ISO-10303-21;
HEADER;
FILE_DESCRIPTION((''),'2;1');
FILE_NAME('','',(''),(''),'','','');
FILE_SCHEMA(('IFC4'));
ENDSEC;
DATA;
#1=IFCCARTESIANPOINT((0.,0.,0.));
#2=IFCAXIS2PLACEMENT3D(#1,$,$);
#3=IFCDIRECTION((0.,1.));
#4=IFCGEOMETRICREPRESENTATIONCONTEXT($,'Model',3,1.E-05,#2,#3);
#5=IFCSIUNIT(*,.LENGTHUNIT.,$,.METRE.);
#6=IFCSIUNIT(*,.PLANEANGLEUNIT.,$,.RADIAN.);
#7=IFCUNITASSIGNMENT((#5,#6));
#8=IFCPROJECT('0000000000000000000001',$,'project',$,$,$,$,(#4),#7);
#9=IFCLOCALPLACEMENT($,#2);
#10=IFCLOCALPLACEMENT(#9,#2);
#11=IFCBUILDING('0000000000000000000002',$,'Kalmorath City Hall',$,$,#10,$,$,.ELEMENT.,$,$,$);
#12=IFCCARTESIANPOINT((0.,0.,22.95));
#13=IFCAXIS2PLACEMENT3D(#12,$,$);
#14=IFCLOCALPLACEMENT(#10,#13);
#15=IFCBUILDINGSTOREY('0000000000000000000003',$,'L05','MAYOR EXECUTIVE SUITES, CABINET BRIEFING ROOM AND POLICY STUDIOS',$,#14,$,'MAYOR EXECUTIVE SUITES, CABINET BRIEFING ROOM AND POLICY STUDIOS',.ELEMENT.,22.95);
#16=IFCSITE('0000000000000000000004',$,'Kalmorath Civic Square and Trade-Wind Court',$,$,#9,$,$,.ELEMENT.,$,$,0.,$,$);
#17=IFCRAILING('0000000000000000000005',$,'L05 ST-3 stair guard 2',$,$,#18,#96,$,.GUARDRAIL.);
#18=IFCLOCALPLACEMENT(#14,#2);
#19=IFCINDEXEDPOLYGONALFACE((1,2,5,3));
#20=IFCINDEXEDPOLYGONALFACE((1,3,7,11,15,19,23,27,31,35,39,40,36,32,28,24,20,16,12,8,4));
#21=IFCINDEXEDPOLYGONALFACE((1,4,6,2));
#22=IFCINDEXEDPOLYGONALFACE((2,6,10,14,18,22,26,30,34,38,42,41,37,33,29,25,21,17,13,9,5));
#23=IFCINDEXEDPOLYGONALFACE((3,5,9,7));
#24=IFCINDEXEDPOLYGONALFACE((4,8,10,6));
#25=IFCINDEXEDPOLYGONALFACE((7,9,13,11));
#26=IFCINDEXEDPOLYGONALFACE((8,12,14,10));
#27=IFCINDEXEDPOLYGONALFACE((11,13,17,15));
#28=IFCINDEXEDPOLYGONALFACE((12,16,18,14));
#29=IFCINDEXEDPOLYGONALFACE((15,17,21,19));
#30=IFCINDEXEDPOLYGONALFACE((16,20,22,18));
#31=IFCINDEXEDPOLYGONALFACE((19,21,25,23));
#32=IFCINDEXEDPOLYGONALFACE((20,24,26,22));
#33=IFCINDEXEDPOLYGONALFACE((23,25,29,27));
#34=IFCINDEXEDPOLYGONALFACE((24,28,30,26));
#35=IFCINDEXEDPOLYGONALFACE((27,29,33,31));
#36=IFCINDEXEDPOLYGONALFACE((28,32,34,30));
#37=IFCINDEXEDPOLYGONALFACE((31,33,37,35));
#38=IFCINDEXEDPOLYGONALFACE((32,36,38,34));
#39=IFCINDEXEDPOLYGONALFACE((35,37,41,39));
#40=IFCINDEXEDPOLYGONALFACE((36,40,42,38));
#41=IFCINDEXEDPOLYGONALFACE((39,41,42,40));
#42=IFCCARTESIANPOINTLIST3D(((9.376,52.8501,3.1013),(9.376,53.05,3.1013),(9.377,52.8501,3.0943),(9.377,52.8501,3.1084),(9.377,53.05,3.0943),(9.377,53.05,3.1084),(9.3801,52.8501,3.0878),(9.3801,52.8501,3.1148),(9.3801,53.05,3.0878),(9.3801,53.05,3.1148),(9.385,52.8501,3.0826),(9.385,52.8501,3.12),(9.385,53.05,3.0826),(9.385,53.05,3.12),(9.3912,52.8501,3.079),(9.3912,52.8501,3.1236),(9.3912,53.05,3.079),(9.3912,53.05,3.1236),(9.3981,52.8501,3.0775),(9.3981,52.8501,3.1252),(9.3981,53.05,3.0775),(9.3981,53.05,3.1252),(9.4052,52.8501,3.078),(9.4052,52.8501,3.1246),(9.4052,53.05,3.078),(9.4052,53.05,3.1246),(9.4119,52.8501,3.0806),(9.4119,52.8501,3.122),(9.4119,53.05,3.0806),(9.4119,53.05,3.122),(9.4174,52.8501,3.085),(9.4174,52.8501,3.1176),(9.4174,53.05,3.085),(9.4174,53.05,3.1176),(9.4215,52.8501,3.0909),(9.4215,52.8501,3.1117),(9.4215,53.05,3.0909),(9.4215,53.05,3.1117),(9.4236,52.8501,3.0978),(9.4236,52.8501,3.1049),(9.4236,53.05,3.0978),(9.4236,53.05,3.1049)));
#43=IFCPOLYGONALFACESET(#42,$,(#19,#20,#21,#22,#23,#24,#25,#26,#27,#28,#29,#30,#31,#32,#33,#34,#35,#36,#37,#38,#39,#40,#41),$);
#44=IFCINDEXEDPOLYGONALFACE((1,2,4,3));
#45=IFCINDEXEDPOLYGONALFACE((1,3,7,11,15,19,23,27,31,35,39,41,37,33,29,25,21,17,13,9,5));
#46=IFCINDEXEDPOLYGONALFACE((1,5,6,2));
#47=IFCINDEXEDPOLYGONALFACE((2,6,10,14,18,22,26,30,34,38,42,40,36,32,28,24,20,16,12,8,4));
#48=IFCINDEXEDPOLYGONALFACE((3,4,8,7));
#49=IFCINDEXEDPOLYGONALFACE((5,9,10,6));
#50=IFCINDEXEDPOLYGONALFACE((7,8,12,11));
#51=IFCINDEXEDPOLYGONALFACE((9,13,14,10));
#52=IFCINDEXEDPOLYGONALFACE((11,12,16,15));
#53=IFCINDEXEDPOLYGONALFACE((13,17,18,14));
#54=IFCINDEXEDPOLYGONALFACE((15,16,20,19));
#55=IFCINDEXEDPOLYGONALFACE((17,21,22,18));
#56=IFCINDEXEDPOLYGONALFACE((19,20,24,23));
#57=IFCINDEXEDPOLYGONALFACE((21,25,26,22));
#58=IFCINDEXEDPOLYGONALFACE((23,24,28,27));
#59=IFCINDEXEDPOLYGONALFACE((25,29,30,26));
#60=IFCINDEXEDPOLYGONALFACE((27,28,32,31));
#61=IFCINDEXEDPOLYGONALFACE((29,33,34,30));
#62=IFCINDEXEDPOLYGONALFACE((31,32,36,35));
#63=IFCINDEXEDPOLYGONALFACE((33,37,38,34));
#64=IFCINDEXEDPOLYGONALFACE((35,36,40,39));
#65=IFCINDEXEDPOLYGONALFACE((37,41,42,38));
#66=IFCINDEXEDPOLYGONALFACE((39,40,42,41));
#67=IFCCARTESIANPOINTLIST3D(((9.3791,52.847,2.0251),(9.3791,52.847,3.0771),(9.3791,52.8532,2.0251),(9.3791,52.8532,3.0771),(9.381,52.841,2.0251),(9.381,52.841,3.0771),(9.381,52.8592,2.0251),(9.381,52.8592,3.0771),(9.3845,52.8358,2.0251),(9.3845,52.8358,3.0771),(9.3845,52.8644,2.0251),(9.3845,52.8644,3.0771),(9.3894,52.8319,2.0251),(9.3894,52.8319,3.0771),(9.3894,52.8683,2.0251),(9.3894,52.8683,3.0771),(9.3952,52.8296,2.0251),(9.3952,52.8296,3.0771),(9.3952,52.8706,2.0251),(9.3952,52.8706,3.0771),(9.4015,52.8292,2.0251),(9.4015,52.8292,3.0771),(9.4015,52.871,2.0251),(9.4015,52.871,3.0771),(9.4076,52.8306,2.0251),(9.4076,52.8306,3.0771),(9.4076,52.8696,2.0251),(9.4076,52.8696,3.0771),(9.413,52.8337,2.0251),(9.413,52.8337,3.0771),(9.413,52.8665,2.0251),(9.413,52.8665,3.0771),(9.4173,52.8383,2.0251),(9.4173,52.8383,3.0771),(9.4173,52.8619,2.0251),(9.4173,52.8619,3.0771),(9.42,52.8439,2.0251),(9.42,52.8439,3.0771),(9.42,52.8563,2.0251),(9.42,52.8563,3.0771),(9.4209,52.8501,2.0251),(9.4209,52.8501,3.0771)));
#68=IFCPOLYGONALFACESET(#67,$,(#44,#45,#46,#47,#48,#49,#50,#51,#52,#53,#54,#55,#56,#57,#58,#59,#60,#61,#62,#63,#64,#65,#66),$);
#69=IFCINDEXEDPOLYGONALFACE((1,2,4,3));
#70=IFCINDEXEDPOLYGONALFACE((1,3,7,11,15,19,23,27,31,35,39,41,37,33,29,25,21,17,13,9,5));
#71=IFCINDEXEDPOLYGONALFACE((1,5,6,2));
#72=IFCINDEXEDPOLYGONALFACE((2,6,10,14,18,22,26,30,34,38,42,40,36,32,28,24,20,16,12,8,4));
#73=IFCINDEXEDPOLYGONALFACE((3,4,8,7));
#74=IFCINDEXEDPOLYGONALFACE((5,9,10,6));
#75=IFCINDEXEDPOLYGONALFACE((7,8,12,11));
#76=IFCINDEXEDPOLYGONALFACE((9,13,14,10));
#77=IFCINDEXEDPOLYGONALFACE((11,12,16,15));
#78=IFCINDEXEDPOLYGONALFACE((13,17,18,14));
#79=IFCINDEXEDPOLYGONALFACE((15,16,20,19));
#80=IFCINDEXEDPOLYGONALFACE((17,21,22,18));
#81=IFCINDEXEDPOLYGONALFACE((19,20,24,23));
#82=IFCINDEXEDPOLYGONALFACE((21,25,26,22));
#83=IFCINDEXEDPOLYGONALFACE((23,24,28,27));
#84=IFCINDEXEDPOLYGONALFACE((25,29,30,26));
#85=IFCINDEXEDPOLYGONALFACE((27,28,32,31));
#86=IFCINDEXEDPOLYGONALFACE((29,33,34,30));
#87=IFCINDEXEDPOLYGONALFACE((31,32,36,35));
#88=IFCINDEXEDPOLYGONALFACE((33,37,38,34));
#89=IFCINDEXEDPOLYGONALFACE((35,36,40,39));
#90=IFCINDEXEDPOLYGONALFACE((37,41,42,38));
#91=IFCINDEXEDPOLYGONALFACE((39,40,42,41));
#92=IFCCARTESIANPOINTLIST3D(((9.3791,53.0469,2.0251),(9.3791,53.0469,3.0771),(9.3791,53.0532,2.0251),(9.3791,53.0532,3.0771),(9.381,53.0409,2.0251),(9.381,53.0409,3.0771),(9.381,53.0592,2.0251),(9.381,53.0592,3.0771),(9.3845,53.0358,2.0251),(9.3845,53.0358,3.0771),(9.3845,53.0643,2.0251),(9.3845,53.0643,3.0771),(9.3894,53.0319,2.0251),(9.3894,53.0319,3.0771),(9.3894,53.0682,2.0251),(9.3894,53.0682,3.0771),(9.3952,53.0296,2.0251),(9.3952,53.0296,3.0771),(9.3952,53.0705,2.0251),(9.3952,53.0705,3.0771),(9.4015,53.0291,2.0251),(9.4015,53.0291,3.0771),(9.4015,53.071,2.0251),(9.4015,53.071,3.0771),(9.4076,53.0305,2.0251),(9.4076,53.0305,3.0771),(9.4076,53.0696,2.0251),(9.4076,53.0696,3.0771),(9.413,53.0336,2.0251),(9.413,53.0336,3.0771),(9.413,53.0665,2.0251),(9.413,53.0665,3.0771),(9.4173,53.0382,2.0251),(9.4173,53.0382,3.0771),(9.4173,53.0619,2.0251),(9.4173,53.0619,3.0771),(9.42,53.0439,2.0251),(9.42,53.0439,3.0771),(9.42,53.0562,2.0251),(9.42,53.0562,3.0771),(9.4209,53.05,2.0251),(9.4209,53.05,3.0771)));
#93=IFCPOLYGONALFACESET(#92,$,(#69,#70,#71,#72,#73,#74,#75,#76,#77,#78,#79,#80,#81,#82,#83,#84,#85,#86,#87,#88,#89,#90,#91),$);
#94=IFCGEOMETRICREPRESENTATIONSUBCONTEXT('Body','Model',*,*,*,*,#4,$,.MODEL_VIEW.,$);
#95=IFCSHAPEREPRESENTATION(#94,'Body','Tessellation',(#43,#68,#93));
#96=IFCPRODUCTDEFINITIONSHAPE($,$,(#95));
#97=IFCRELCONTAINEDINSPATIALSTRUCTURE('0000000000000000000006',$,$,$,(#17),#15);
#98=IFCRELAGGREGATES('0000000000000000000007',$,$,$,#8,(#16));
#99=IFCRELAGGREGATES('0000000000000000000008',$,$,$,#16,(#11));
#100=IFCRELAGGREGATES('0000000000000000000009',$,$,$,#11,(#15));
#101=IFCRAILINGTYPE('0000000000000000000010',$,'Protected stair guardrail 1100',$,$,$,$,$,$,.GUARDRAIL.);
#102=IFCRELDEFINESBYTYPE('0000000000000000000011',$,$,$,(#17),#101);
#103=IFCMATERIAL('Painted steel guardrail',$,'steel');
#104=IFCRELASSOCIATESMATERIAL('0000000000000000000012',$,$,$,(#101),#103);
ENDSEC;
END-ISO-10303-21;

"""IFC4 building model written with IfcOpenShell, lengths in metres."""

from ifc_helpers import new_model, si_unit, direction, frame, origin, origin_2d, place, context, subcontext, project, spatial, circle, extrude, material, type_object, element, save


model = new_model("IFC4")

# Units and contexts
model_context = context("Model", 3, precision=1e-05, world=origin(), true_north=direction((0.0, 1.0)))
body_context = subcontext(model_context, "Body", "Model", "MODEL_VIEW")
ifc_project = project(units=[si_unit("LENGTHUNIT", "METRE"), si_unit("PLANEANGLEUNIT", "RADIAN")], contexts=[model_context])

# Site, building, storey
site_placement = place(None, origin())
site = spatial("IfcSite", under=ifc_project, at=site_placement, Name="Kalmorath Civic Square and Trade-Wind Court", CompositionType="ELEMENT", RefElevation=0.0)
building_placement = place(site_placement, origin())
building = spatial("IfcBuilding", under=site, at=building_placement, Name="Kalmorath City Hall", CompositionType="ELEMENT")
storey_placement = place(building_placement, frame((0.0, 0.0, 22.95)))
storey = spatial("IfcBuildingStorey", under=building, at=storey_placement, Name="L05", Description="MAYOR EXECUTIVE SUITES, CABINET BRIEFING ROOM AND POLICY STUDIOS", LongName="MAYOR EXECUTIVE SUITES, CABINET BRIEFING ROOM AND POLICY STUDIOS", CompositionType="ELEMENT", Elevation=22.95)

# Railing
ifc_material_1 = material(Name="Painted steel guardrail", Category="steel")
railing_type_1 = type_object("IfcRailingType", Name="Protected stair guardrail 1100", PredefinedType="GUARDRAIL", material=ifc_material_1)
railing_1_placement = place(storey_placement, frame((9.3999, 52.8501, 2.0251)))
element("IfcRailing", 1, at=railing_1_placement, inside=storey, type_object=railing_type_1, Name="L05 ST-3 stair guard 2", PredefinedType="GUARDRAIL", context=body_context, shape_type="SweptSolid", body=[
    extrude(circle(Radius=0.0239, at=origin_2d()), frame((0.0, 0.0, 1.0762), z_axis=(0.0, 1.0, 0.0), x_axis=(-1.0, 0.0, 0.0)), (0.0, 0.0, 1.0), 0.2),
    extrude(circle(Radius=0.021, at=origin_2d()), origin(), (0.0, 0.0, 1.0), 1.052),
    extrude(circle(Radius=0.021, at=origin_2d()), frame((0.0, 0.2, 0.0)), (0.0, 0.0, 1.0), 1.052),
])

save(model, "model.ifc")
